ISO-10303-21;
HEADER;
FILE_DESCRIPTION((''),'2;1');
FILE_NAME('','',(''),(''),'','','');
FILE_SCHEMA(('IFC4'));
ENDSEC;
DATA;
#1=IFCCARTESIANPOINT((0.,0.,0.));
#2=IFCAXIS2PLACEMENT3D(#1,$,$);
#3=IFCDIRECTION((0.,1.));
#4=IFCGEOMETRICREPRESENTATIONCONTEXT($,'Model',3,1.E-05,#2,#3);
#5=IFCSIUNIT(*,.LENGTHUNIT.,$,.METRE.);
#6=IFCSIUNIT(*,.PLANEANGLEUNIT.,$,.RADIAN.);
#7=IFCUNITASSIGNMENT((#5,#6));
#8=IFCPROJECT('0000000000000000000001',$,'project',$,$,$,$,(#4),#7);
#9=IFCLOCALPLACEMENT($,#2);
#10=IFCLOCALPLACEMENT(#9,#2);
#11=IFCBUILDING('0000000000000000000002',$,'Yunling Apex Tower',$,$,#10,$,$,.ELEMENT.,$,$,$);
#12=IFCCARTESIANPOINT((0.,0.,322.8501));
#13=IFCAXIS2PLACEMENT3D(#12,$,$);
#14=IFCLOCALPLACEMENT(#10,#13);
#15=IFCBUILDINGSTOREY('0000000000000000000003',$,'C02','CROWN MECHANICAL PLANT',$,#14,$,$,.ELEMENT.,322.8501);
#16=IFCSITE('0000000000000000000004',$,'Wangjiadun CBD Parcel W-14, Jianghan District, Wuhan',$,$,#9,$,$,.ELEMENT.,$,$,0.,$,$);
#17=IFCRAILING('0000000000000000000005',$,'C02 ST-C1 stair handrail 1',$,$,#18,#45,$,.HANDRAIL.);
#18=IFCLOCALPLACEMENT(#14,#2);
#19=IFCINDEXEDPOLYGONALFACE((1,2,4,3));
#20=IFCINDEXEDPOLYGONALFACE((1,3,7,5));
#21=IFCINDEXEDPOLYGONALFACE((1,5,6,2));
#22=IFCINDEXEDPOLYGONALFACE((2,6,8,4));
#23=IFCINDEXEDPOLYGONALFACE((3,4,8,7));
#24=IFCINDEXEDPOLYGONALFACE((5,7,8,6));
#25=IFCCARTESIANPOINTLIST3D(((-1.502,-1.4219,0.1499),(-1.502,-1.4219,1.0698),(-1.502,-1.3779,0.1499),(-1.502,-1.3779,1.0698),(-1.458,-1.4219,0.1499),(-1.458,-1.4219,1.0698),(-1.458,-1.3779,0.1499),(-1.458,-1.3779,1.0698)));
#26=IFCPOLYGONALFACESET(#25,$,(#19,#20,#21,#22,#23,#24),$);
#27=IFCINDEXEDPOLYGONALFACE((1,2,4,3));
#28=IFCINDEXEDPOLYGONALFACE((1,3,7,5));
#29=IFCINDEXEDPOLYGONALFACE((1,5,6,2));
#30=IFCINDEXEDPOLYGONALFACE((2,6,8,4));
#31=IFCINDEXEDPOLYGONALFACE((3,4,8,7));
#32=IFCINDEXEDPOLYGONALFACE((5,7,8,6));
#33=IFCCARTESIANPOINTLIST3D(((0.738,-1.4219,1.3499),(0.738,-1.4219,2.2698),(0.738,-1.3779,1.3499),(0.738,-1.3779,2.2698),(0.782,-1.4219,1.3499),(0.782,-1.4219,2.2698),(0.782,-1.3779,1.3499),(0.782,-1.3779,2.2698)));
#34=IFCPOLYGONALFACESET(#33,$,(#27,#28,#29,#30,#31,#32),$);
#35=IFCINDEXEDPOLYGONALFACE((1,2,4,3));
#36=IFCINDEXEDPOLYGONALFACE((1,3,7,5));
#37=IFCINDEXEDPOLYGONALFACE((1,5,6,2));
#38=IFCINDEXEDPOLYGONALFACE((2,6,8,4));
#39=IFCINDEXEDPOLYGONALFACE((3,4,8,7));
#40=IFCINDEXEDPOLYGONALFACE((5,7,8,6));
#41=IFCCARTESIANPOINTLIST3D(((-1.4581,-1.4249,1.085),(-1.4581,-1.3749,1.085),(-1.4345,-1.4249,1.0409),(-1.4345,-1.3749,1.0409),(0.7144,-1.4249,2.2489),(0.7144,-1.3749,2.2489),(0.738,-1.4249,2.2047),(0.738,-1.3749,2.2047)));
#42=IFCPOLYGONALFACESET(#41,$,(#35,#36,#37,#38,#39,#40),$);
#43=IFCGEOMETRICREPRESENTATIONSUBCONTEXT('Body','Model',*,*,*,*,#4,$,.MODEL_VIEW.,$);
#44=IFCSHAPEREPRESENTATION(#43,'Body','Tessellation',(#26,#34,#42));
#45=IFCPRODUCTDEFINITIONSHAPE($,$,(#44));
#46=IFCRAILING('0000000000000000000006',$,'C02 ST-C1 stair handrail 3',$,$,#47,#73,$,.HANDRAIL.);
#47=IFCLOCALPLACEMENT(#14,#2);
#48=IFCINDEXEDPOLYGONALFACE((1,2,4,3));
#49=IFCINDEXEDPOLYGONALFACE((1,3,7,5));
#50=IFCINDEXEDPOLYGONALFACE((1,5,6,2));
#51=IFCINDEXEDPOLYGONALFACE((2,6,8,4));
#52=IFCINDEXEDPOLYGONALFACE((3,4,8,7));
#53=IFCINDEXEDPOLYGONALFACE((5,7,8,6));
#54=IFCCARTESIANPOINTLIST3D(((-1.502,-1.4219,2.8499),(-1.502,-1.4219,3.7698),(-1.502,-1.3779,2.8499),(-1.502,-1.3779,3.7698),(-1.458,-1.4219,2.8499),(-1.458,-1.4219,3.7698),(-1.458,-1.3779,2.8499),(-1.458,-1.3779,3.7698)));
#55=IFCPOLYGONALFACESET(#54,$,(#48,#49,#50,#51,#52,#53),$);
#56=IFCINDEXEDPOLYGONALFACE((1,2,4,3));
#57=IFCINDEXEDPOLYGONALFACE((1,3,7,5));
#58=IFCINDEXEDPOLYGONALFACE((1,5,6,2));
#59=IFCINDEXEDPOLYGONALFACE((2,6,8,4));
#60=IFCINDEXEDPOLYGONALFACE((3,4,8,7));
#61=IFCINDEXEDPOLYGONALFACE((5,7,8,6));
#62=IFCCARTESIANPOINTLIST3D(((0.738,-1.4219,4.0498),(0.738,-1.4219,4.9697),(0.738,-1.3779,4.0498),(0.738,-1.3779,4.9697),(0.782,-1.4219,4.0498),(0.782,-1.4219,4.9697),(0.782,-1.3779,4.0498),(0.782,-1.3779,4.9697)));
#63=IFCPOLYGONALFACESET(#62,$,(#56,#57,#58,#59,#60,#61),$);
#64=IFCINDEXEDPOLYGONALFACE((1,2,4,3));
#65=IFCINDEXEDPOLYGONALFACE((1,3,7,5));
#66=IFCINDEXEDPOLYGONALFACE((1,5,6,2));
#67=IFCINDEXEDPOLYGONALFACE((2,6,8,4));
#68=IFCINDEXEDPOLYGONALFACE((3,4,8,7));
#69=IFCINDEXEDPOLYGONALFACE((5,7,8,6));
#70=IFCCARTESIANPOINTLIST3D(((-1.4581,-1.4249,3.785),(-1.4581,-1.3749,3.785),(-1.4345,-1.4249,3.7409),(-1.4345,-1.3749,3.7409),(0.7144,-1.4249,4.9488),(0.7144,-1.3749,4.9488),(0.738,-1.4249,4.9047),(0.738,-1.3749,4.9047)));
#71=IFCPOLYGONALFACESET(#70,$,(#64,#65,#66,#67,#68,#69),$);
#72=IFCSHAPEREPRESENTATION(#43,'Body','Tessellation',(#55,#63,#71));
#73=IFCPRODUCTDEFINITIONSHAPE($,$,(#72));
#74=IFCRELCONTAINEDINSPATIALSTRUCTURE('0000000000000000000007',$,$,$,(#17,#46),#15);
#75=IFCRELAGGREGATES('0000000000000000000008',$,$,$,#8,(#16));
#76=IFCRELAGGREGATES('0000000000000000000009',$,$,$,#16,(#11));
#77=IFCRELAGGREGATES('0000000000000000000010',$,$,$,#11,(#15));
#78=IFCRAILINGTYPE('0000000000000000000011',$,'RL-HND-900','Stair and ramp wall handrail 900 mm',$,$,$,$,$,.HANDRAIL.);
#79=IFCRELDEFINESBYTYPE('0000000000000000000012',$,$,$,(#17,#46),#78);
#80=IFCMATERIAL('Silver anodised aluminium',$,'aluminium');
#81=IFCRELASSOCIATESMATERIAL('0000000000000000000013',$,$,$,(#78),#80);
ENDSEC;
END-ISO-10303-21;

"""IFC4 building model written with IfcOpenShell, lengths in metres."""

from ifc_helpers import new_model, si_unit, direction, frame, origin, origin_2d, place, context, subcontext, project, spatial, rectangle, extrude, material, type_object, element, save


model = new_model("IFC4")

# Units and contexts
model_context = context("Model", 3, precision=1e-05, world=origin(), true_north=direction((0.0, 1.0)))
body_context = subcontext(model_context, "Body", "Model", "MODEL_VIEW")
ifc_project = project(units=[si_unit("LENGTHUNIT", "METRE"), si_unit("PLANEANGLEUNIT", "RADIAN")], contexts=[model_context])

# Site, building, storey
site_placement = place(None, origin())
site = spatial("IfcSite", under=ifc_project, at=site_placement, Name="Wangjiadun CBD Parcel W-14, Jianghan District, Wuhan", CompositionType="ELEMENT", RefElevation=0.0)
building_placement = place(site_placement, origin())
building = spatial("IfcBuilding", under=site, at=building_placement, Name="Yunling Apex Tower", CompositionType="ELEMENT")
storey_placement = place(building_placement, frame((0.0, 0.0, 322.8501)))
storey = spatial("IfcBuildingStorey", under=building, at=storey_placement, Name="C02", Description="CROWN MECHANICAL PLANT", CompositionType="ELEMENT", Elevation=322.8501)

# Railings
ifc_material_1 = material(Name="Silver anodised aluminium", Category="aluminium")
railing_type_1 = type_object("IfcRailingType", Name="RL-HND-900", Description="Stair and ramp wall handrail 900 mm", PredefinedType="HANDRAIL", material=ifc_material_1)
for number, where, name in (
    (1, (-1.48, -1.3999, 0.1499), "C02 ST-C1 stair handrail 1"),
    (2, (-1.48, -1.3999, 2.8499), "C02 ST-C1 stair handrail 3"),
):
    element("IfcRailing", number, at=place(storey_placement, frame(where)), inside=storey, type_object=railing_type_1, Name=name, PredefinedType="HANDRAIL", context=body_context, shape_type="SweptSolid", body=[
        extrude(rectangle(XDim=0.0439, YDim=0.0439, at=origin_2d()), origin(), (0.0, 0.0, 1.0), 0.9199),
        extrude(rectangle(XDim=0.0439, YDim=0.0439, at=origin_2d()), frame((2.24, 0.0, 1.2)), (0.0, 0.0, 1.0), 0.9199),
        extrude(rectangle(XDim=0.05, YDim=0.05, at=origin_2d()), frame((0.0337, 0.0, 0.9131), z_axis=(0.881487, 0.0, 0.472208), x_axis=(0.0, 1.0, 0.0)), (0.0, 0.0, 1.0), 2.4646),
    ])

save(model, "model.ifc")
